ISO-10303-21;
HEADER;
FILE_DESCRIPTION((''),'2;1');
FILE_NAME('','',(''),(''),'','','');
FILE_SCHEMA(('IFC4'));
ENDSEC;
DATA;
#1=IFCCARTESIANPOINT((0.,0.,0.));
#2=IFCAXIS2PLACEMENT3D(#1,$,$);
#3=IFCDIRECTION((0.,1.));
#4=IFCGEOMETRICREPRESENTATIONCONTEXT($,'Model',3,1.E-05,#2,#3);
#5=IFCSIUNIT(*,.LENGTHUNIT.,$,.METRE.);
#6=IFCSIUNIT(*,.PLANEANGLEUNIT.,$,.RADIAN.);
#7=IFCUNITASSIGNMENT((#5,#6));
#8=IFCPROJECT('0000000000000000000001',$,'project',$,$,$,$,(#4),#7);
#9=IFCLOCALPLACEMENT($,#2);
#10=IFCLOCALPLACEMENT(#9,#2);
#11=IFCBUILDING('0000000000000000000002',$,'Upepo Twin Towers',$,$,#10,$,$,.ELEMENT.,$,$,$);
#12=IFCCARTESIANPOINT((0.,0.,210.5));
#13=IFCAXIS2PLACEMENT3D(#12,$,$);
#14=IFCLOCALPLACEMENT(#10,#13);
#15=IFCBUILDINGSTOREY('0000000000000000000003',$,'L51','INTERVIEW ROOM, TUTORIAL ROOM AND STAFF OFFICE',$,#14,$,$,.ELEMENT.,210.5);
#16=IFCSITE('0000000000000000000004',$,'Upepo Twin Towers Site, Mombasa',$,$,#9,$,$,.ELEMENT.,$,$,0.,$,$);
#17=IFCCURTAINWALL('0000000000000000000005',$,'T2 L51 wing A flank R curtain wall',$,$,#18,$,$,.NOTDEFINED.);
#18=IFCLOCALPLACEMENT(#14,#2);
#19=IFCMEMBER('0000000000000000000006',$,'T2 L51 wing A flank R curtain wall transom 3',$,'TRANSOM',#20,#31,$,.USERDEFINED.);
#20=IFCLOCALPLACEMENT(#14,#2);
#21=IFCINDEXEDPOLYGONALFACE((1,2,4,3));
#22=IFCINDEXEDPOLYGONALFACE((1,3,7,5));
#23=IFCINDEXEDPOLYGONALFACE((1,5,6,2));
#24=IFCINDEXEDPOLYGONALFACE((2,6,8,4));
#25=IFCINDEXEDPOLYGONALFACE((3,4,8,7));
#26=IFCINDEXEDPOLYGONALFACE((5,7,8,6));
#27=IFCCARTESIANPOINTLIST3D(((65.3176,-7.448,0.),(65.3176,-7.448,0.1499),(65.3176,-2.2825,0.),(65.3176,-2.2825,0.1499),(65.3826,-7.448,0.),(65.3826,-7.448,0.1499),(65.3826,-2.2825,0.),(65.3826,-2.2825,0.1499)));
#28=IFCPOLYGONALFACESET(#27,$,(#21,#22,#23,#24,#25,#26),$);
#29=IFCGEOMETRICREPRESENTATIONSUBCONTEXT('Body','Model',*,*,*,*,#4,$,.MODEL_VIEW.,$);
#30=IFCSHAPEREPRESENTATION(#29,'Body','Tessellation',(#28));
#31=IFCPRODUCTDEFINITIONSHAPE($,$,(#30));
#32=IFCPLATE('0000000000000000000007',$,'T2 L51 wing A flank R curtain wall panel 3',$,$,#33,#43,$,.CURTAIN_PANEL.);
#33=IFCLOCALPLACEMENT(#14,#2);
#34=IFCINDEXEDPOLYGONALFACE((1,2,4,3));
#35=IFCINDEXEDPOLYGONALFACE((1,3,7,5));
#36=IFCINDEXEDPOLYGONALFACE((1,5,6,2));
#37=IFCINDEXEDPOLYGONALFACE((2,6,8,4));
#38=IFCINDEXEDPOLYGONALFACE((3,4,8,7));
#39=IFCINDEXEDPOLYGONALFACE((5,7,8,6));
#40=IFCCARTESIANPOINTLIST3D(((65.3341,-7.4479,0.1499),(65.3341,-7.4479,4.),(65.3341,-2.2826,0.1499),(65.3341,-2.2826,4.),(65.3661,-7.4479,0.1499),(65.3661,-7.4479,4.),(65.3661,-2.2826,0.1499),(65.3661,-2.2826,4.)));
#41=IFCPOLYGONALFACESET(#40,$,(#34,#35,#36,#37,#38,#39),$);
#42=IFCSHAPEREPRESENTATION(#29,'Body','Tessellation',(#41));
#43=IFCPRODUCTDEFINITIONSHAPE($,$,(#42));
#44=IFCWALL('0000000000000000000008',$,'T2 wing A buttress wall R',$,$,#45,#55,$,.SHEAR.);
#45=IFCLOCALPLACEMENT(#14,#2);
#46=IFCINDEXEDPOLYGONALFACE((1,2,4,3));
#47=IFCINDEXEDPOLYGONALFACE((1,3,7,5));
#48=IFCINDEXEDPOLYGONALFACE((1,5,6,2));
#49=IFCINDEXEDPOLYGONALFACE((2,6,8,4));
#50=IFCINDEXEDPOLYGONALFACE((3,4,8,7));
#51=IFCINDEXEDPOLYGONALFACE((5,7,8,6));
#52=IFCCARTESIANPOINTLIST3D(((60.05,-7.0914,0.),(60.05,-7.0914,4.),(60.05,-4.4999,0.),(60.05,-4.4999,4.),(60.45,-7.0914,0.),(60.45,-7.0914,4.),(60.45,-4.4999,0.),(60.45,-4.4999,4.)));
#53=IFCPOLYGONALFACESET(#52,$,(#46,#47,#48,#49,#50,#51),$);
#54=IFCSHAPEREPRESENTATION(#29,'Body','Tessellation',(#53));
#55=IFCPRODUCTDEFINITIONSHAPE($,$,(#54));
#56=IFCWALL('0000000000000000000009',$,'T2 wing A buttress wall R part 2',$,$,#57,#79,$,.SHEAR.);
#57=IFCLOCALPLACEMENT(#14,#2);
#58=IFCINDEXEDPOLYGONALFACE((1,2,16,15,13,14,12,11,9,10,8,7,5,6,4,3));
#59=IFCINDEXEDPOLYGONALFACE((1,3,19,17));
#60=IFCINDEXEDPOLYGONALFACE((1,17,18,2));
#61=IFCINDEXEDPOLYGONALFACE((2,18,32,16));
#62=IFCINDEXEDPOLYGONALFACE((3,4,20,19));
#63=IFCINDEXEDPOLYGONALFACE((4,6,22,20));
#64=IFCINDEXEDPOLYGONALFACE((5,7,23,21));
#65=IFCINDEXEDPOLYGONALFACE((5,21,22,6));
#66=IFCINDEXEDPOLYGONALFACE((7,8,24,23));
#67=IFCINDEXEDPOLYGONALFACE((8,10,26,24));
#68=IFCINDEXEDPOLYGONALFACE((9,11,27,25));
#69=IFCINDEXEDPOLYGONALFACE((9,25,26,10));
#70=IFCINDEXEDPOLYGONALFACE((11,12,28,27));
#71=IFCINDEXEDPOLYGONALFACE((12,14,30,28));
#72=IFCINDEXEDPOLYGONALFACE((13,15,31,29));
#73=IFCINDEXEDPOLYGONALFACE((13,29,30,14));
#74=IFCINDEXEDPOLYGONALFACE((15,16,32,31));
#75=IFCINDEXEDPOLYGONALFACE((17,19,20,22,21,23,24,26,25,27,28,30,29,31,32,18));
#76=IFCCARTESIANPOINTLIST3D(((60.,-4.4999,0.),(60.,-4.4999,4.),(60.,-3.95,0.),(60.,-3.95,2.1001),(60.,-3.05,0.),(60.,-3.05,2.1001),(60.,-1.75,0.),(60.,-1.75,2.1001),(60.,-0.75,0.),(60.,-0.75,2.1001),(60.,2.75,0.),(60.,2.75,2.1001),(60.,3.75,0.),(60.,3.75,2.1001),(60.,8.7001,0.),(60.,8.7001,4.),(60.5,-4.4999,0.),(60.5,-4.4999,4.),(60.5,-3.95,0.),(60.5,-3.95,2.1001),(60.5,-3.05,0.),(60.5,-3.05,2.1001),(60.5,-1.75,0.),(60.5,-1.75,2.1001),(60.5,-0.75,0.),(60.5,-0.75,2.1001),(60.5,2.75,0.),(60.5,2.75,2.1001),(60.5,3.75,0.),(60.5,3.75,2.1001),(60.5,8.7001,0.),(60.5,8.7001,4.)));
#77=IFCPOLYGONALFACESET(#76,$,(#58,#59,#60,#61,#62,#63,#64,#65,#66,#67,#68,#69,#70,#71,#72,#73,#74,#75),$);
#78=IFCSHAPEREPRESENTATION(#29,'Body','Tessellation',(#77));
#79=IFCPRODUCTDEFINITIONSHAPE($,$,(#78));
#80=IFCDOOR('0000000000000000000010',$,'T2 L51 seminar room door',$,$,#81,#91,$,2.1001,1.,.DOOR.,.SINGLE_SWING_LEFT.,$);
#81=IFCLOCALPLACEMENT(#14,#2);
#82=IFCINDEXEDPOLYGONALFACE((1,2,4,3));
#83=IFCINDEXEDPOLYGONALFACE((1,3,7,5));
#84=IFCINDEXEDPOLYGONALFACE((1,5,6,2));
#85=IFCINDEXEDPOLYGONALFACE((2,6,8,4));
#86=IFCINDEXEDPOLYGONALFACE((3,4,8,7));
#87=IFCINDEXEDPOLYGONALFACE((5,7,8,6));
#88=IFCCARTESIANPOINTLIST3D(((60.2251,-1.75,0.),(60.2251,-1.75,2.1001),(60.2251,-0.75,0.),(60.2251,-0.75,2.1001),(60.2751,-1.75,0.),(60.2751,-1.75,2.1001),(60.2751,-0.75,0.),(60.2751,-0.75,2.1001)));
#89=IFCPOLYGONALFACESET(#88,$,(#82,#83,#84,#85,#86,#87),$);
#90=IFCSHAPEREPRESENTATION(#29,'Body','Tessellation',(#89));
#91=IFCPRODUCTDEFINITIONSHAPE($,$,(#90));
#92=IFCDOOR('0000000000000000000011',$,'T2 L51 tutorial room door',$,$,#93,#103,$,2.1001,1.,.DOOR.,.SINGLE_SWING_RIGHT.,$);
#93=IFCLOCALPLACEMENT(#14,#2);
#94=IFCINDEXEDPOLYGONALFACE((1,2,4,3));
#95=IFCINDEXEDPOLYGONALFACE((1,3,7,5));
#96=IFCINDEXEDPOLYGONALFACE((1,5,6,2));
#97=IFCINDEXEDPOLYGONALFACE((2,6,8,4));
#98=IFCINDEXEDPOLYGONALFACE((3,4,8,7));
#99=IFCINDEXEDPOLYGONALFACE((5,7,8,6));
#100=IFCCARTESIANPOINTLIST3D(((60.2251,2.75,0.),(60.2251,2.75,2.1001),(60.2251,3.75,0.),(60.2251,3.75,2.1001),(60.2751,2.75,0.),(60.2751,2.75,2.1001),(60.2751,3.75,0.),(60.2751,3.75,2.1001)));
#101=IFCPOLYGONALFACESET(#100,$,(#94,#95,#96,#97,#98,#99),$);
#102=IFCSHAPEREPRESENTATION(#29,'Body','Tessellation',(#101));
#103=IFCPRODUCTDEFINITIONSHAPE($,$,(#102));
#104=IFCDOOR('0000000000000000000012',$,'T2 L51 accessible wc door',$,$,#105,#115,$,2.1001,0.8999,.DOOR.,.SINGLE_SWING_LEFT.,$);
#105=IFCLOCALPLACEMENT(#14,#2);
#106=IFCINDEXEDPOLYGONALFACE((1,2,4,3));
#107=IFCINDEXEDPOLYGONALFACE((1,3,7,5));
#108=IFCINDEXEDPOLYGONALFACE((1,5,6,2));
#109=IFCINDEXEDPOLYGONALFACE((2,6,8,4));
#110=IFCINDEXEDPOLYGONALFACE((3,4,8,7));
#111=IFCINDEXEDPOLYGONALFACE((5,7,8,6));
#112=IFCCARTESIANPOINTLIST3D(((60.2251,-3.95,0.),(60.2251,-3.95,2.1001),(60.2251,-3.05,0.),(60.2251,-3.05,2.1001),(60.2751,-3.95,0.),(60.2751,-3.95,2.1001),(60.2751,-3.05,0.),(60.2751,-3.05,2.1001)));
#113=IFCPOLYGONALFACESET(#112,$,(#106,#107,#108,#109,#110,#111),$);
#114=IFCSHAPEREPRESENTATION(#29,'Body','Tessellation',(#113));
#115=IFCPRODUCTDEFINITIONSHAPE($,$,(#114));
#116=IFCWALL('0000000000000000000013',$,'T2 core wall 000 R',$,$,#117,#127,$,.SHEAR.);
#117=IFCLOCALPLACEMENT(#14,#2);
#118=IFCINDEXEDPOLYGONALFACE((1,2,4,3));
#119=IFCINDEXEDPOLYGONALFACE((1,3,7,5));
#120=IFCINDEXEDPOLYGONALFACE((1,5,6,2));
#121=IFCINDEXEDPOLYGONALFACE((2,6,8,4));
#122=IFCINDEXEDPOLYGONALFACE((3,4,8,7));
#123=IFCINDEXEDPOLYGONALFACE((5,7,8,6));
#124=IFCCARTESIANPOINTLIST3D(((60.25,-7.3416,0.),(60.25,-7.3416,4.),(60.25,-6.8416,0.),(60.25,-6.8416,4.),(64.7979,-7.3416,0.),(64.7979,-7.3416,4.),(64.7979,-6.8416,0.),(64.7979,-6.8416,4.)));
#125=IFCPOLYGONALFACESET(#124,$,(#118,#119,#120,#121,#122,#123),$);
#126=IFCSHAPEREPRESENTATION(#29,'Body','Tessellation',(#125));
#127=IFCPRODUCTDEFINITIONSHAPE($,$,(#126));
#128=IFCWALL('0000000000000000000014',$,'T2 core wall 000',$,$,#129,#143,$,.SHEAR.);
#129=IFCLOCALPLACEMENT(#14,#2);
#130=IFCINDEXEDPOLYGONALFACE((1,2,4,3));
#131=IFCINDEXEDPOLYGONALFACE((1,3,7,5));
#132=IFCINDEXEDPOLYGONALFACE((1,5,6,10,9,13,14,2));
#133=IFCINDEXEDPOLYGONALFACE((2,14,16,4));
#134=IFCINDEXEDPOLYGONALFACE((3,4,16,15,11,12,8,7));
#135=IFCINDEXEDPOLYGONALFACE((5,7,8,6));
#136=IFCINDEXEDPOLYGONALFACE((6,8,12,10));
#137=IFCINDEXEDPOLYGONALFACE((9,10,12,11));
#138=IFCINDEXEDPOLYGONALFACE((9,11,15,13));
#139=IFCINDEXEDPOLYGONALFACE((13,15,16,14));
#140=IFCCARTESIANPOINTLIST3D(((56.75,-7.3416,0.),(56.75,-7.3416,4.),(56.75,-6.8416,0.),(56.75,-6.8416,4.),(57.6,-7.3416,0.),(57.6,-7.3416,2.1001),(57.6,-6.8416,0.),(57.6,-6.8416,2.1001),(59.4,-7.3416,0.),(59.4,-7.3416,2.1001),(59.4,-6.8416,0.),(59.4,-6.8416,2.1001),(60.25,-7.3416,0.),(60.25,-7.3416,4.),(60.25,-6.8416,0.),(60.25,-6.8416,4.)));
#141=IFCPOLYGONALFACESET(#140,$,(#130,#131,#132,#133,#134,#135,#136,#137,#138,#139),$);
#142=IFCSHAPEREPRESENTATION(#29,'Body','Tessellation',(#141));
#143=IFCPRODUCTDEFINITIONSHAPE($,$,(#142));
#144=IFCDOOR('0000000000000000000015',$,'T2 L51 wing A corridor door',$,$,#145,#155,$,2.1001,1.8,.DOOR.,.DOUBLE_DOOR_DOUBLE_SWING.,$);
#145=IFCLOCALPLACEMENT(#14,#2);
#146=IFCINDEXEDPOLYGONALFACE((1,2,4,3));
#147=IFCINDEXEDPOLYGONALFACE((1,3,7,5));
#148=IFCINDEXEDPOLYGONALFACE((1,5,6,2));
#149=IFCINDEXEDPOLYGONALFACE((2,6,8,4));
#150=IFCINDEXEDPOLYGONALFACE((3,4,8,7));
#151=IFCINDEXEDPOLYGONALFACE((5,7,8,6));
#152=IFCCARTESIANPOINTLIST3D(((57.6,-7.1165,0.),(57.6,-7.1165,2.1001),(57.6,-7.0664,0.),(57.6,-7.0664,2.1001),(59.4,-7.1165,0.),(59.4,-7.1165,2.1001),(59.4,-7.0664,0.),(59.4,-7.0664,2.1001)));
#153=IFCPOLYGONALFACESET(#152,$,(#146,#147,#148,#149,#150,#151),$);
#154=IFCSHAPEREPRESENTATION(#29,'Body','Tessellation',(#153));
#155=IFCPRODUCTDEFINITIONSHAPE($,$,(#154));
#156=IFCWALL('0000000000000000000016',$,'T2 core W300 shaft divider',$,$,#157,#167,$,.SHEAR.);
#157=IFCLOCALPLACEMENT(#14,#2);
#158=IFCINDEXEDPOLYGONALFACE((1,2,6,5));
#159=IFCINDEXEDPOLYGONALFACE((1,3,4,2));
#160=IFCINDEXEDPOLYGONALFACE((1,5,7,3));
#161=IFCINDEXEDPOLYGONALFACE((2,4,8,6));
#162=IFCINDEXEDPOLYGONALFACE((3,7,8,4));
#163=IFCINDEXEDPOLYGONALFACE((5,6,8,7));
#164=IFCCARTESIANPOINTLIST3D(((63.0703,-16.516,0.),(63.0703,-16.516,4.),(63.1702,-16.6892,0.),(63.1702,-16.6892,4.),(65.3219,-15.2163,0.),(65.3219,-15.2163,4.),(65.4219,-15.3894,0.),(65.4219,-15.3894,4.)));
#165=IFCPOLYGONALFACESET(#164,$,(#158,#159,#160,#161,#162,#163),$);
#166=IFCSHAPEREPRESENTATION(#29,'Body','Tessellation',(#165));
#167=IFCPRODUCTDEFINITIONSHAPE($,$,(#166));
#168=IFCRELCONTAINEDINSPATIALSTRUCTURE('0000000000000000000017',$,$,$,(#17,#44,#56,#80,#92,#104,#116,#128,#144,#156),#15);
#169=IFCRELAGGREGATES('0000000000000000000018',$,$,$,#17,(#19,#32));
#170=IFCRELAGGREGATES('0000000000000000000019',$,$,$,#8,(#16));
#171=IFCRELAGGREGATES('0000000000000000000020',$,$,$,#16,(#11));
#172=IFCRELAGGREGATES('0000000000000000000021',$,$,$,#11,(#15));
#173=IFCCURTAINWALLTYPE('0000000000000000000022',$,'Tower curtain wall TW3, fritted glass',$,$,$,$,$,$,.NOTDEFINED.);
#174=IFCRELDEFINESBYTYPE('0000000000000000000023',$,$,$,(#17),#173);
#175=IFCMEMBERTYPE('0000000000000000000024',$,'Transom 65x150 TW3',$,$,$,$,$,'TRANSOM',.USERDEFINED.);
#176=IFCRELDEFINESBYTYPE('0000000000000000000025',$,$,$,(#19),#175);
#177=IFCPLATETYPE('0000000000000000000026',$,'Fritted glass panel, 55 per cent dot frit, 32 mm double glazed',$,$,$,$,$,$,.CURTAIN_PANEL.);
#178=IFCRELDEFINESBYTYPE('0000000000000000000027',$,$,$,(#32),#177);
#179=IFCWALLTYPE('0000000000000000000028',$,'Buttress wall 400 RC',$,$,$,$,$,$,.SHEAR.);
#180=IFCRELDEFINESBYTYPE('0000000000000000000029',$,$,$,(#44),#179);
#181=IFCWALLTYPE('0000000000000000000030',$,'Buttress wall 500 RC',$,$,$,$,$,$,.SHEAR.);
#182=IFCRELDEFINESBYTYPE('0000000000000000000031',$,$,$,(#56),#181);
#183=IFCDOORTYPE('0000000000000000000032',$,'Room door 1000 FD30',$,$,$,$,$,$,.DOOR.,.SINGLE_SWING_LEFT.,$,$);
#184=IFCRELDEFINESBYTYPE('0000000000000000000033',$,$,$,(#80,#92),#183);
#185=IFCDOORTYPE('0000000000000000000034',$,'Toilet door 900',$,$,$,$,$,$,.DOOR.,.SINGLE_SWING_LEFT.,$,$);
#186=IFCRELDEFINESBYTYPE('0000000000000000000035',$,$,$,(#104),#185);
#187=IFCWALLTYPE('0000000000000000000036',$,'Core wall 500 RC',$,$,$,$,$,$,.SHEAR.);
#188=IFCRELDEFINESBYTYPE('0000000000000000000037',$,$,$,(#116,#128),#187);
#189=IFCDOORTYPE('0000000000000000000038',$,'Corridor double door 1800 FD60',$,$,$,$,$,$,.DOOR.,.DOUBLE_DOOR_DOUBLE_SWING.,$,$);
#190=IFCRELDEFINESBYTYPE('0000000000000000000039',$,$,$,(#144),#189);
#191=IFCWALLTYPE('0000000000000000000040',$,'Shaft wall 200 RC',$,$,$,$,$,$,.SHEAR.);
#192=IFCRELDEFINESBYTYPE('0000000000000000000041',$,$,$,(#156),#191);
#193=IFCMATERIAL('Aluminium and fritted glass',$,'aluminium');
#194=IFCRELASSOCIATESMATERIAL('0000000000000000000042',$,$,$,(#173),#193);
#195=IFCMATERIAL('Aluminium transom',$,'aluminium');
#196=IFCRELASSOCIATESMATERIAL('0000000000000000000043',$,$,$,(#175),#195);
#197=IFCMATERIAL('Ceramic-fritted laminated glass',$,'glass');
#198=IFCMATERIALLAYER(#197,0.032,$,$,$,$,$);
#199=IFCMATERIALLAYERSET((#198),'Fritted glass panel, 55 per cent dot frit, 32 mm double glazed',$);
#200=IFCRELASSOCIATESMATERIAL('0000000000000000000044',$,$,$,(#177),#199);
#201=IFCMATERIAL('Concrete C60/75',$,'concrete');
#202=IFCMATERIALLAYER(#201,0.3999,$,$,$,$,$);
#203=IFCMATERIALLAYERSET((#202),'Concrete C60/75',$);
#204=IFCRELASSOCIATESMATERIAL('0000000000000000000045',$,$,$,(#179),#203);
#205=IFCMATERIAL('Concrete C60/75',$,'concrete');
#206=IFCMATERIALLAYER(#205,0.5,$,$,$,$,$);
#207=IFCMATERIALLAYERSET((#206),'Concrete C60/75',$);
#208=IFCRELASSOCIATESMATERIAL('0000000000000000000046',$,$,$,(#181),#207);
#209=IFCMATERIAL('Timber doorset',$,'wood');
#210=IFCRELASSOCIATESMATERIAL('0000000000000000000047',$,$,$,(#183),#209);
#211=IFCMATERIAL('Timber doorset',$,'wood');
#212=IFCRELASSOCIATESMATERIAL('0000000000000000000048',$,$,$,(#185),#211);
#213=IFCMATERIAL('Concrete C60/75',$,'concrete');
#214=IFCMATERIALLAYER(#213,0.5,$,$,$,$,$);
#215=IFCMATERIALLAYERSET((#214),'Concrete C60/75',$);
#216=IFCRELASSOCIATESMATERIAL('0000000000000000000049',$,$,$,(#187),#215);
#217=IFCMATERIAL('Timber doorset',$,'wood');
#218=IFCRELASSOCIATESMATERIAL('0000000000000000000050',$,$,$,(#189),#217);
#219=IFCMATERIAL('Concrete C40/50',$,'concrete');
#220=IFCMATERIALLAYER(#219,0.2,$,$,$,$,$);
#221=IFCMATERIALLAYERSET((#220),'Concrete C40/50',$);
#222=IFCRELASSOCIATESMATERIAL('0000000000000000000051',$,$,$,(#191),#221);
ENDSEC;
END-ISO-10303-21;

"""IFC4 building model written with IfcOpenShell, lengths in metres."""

from ifc_helpers import new_model, si_unit, direction, frame, frame_2d, origin, origin_2d, place, context, subcontext, project, spatial, rectangle, extrude, material, layer, layer_set, material_profile, profile_set, type_object, element, fill, aggregate, save


model = new_model("IFC4")

# Units and contexts
model_context = context("Model", 3, precision=1e-05, world=origin(), true_north=direction((0.0, 1.0)))
body_context = subcontext(model_context, "Body", "Model", "MODEL_VIEW")
ifc_project = project(units=[si_unit("LENGTHUNIT", "METRE"), si_unit("PLANEANGLEUNIT", "RADIAN")], contexts=[model_context])

# Site, building, storey
site_placement = place(None, origin())
site = spatial("IfcSite", under=ifc_project, at=site_placement, Name="Upepo Twin Towers Site, Mombasa", CompositionType="ELEMENT", RefElevation=0.0)
building_placement = place(site_placement, origin())
building = spatial("IfcBuilding", under=site, at=building_placement, Name="Upepo Twin Towers", CompositionType="ELEMENT")
storey_placement = place(building_placement, frame((0.0, 0.0, 210.5)))
storey = spatial("IfcBuildingStorey", under=building, at=storey_placement, Name="L51", Description="INTERVIEW ROOM, TUTORIAL ROOM AND STAFF OFFICE", CompositionType="ELEMENT", Elevation=210.5)

# Curtain wall, member, plate
ifc_material_1 = material(Name="Aluminium and fritted glass", Category="aluminium")
curtain_wall_type = type_object("IfcCurtainWallType", Name="Tower curtain wall TW3, fritted glass", PredefinedType="NOTDEFINED", material=ifc_material_1)
curtain_wall_placement = place(storey_placement, origin())
curtain_wall = element("IfcCurtainWall", 1, at=curtain_wall_placement, inside=storey, type_object=curtain_wall_type, Name="T2 L51 wing A flank R curtain wall", PredefinedType="NOTDEFINED")
ifc_material_2 = material(Name="Aluminium transom", Category="aluminium")
ifc_material_profile_1 = material_profile(ifc_material_2, rectangle(XDim=0.0649, YDim=0.1499, at=origin_2d()), Name="TRANSOM 65x150")
ifc_profile_set_1 = profile_set([ifc_material_profile_1], Name="Aluminium transom")
member_type_1 = type_object("IfcMemberType", Name="Transom 65x150 TW3", ElementType="TRANSOM", PredefinedType="USERDEFINED", material=ifc_profile_set_1)
member_1_placement = place(storey_placement, frame((65.3501, -2.2825, 0.075), z_axis=(0.0, -1.0, 0.0), x_axis=(1.0, 0.0, 0.0)))
member_1 = element("IfcMember", 2, at=member_1_placement, type_object=member_type_1, Name="T2 L51 wing A flank R curtain wall transom 3", ObjectType="TRANSOM", PredefinedType="USERDEFINED", context=body_context, shape_type="SweptSolid", body=[
    extrude(rectangle(XDim=0.0649, YDim=0.1499, at=origin_2d()), origin(), (0.0, 0.0, 1.0), 5.1655),
])
ifc_material_3 = material(Name="Ceramic-fritted laminated glass", Category="glass")
ifc_layer_1 = layer(ifc_material_3, 0.032)
ifc_layer_set_1 = layer_set([ifc_layer_1], Name="Fritted glass panel, 55 per cent dot frit, 32 mm double glazed")
plate_type = type_object("IfcPlateType", Name="Fritted glass panel, 55 per cent dot frit, 32 mm double glazed", PredefinedType="CURTAIN_PANEL", material=ifc_layer_set_1)
plate_placement = place(storey_placement, frame((65.3501, -4.8652, 0.1499), z_axis=(0.0, 0.0, 1.0), x_axis=(0.0, -1.0, 0.0)))
plate = element("IfcPlate", 3, at=plate_placement, type_object=plate_type, Name="T2 L51 wing A flank R curtain wall panel 3", PredefinedType="CURTAIN_PANEL", context=body_context, shape_type="SweptSolid", body=[
    extrude(rectangle(XDim=5.1653, YDim=0.032, at=origin_2d()), origin(), (0.0, 0.0, 1.0), 3.8501),
])
aggregate(curtain_wall, [member_1, plate])

# Wall
ifc_material_4 = material(Name="Concrete C60/75", Category="concrete")
ifc_layer_2 = layer(ifc_material_4, 0.3999)
ifc_layer_set_2 = layer_set([ifc_layer_2], Name="Concrete C60/75")
wall_type_1 = type_object("IfcWallType", Name="Buttress wall 400 RC", PredefinedType="SHEAR", material=ifc_layer_set_2)
wall_1_placement = place(storey_placement, frame((60.25, -7.0916, 0.0), z_axis=(0.0, 0.0, 1.0), x_axis=(0.0, 1.0, 0.0)))
element("IfcWall", 4, at=wall_1_placement, inside=storey, type_object=wall_type_1, Name="T2 wing A buttress wall R", PredefinedType="SHEAR", context=body_context, shape_type="SweptSolid", body=[
    extrude(rectangle(XDim=2.5916, YDim=0.3999, at=frame_2d((1.2959, 0.0))), origin(), (0.0, 0.0, 1.0), 4.0),
])

# Wall, openings, doors
ifc_material_5 = material(Name="Concrete C60/75", Category="concrete")
ifc_layer_3 = layer(ifc_material_5, 0.5)
ifc_layer_set_3 = layer_set([ifc_layer_3], Name="Concrete C60/75")
wall_type_2 = type_object("IfcWallType", Name="Buttress wall 500 RC", PredefinedType="SHEAR", material=ifc_layer_set_3)
wall_2_placement = place(storey_placement, frame((60.25, -4.5, 0.0), z_axis=(0.0, 0.0, 1.0), x_axis=(0.0, 1.0, 0.0)))
wall_2 = element("IfcWall", 5, at=wall_2_placement, inside=storey, type_object=wall_type_2, Name="T2 wing A buttress wall R part 2", PredefinedType="SHEAR", context=body_context, shape_type="SweptSolid", body=[
    extrude(rectangle(XDim=13.2, YDim=0.5, at=frame_2d((6.6001, 0.0))), origin(), (0.0, 0.0, 1.0), 4.0),
])
opening_1_placement = place(wall_2_placement, frame((0.55, 0.0, 0.0)))
opening_1 = element("IfcOpeningElement", 6, at=opening_1_placement, cuts=wall_2, PredefinedType="OPENING", context=body_context, shape_type="SweptSolid", body=[
    extrude(rectangle(XDim=0.8999, YDim=2.1001, at=frame_2d((0.45, 1.05))), frame((0.0, 0.26, 0.0), z_axis=(0.0, -1.0, 0.0), x_axis=(1.0, 0.0, 0.0)), (0.0, 0.0, 1.0), 0.52),
])
opening_2_placement = place(wall_2_placement, frame((2.75, 0.0, 0.0)))
opening_2 = element("IfcOpeningElement", 7, at=opening_2_placement, cuts=wall_2, PredefinedType="OPENING", context=body_context, shape_type="SweptSolid", body=[
    extrude(rectangle(XDim=1.0, YDim=2.1001, at=frame_2d((0.5, 1.05))), frame((0.0, 0.26, 0.0), z_axis=(0.0, -1.0, 0.0), x_axis=(1.0, 0.0, 0.0)), (0.0, 0.0, 1.0), 0.52),
])
opening_3_placement = place(wall_2_placement, frame((7.25, 0.0, 0.0)))
opening_3 = element("IfcOpeningElement", 8, at=opening_3_placement, cuts=wall_2, PredefinedType="OPENING", context=body_context, shape_type="SweptSolid", body=[
    extrude(rectangle(XDim=1.0, YDim=2.1001, at=frame_2d((0.5, 1.05))), frame((0.0, 0.26, 0.0), z_axis=(0.0, -1.0, 0.0), x_axis=(1.0, 0.0, 0.0)), (0.0, 0.0, 1.0), 0.52),
])
ifc_material_6 = material(Name="Timber doorset", Category="wood")
door_type_1 = type_object("IfcDoorType", Name="Room door 1000 FD30", OperationType="SINGLE_SWING_LEFT", PredefinedType="DOOR", material=ifc_material_6)
door_1_placement = place(opening_2_placement, origin())
door_1 = element("IfcDoor", 9, at=door_1_placement, inside=storey, type_object=door_type_1, Name="T2 L51 seminar room door", OperationType="SINGLE_SWING_LEFT", OverallHeight=2.1001, OverallWidth=1.0, PredefinedType="DOOR", context=body_context, shape_type="SweptSolid", body=[
    extrude(rectangle(XDim=1.0, YDim=2.1001, at=frame_2d((0.5, 1.05))), frame((0.0, 0.0249, 0.0), z_axis=(0.0, -1.0, 0.0), x_axis=(1.0, 0.0, 0.0)), (0.0, 0.0, 1.0), 0.05),
])
fill(opening_2, door_1)
door_2_placement = place(opening_3_placement, origin())
door_2 = element("IfcDoor", 10, at=door_2_placement, inside=storey, type_object=door_type_1, Name="T2 L51 tutorial room door", OperationType="SINGLE_SWING_RIGHT", OverallHeight=2.1001, OverallWidth=1.0, PredefinedType="DOOR", context=body_context, shape_type="SweptSolid", body=[
    extrude(rectangle(XDim=1.0, YDim=2.1001, at=frame_2d((0.5, 1.05))), frame((0.0, 0.0249, 0.0), z_axis=(0.0, -1.0, 0.0), x_axis=(1.0, 0.0, 0.0)), (0.0, 0.0, 1.0), 0.05),
])
fill(opening_3, door_2)
ifc_material_7 = material(Name="Timber doorset", Category="wood")
door_type_2 = type_object("IfcDoorType", Name="Toilet door 900", OperationType="SINGLE_SWING_LEFT", PredefinedType="DOOR", material=ifc_material_7)
door_3_placement = place(opening_1_placement, origin())
door_3 = element("IfcDoor", 11, at=door_3_placement, inside=storey, type_object=door_type_2, Name="T2 L51 accessible wc door", OperationType="SINGLE_SWING_LEFT", OverallHeight=2.1001, OverallWidth=0.8999, PredefinedType="DOOR", context=body_context, shape_type="SweptSolid", body=[
    extrude(rectangle(XDim=0.8999, YDim=2.1001, at=frame_2d((0.45, 1.05))), frame((0.0, 0.0249, 0.0), z_axis=(0.0, -1.0, 0.0), x_axis=(1.0, 0.0, 0.0)), (0.0, 0.0, 1.0), 0.05),
])
fill(opening_1, door_3)

# Wall
ifc_material_8 = material(Name="Concrete C60/75", Category="concrete")
ifc_layer_4 = layer(ifc_material_8, 0.5)
ifc_layer_set_4 = layer_set([ifc_layer_4], Name="Concrete C60/75")
wall_type_3 = type_object("IfcWallType", Name="Core wall 500 RC", PredefinedType="SHEAR", material=ifc_layer_set_4)
wall_3_placement = place(storey_placement, frame((64.7979, -7.0916, 0.0), z_axis=(0.0, 0.0, 1.0), x_axis=(-1.0, 0.0, 0.0)))
element("IfcWall", 12, at=wall_3_placement, inside=storey, type_object=wall_type_3, Name="T2 core wall 000 R", PredefinedType="SHEAR", context=body_context, shape_type="SweptSolid", body=[
    extrude(rectangle(XDim=4.5479, YDim=0.5, at=frame_2d((2.2739, 0.0))), origin(), (0.0, 0.0, 1.0), 4.0),
])

# Wall, opening, door
wall_4_placement = place(storey_placement, frame((60.25, -7.0916, 0.0), z_axis=(0.0, 0.0, 1.0), x_axis=(-1.0, 0.0, 0.0)))
wall_4 = element("IfcWall", 13, at=wall_4_placement, inside=storey, type_object=wall_type_3, Name="T2 core wall 000", PredefinedType="SHEAR", context=body_context, shape_type="SweptSolid", body=[
    extrude(rectangle(XDim=3.5, YDim=0.5, at=frame_2d((1.75, 0.0))), origin(), (0.0, 0.0, 1.0), 4.0),
])
opening_4_placement = place(wall_4_placement, frame((0.8501, 0.0, 0.0)))
opening_4 = element("IfcOpeningElement", 14, at=opening_4_placement, cuts=wall_4, PredefinedType="OPENING", context=body_context, shape_type="SweptSolid", body=[
    extrude(rectangle(XDim=1.8, YDim=2.1001, at=frame_2d((0.8999, 1.05))), frame((0.0, 0.26, 0.0), z_axis=(0.0, -1.0, 0.0), x_axis=(1.0, 0.0, 0.0)), (0.0, 0.0, 1.0), 0.52),
])
ifc_material_9 = material(Name="Timber doorset", Category="wood")
door_type_3 = type_object("IfcDoorType", Name="Corridor double door 1800 FD60", OperationType="DOUBLE_DOOR_DOUBLE_SWING", PredefinedType="DOOR", material=ifc_material_9)
door_4_placement = place(opening_4_placement, origin())
door_4 = element("IfcDoor", 15, at=door_4_placement, inside=storey, type_object=door_type_3, Name="T2 L51 wing A corridor door", OperationType="DOUBLE_DOOR_DOUBLE_SWING", OverallHeight=2.1001, OverallWidth=1.8, PredefinedType="DOOR", context=body_context, shape_type="SweptSolid", body=[
    extrude(rectangle(XDim=1.8, YDim=2.1001, at=frame_2d((0.8999, 1.05))), frame((0.0, 0.0249, 0.0), z_axis=(0.0, -1.0, 0.0), x_axis=(1.0, 0.0, 0.0)), (0.0, 0.0, 1.0), 0.05),
])
fill(opening_4, door_4)

# Wall
ifc_material_10 = material(Name="Concrete C40/50", Category="concrete")
ifc_layer_5 = layer(ifc_material_10, 0.2)
ifc_layer_set_5 = layer_set([ifc_layer_5], Name="Concrete C40/50")
wall_type_4 = type_object("IfcWallType", Name="Shaft wall 200 RC", PredefinedType="SHEAR", material=ifc_layer_set_5)
wall_5_placement = place(storey_placement, frame((63.1204, -16.6025, 0.0), z_axis=(0.0, 0.0, 1.0), x_axis=(0.866062, 0.499937, 0.0)))
element("IfcWall", 16, at=wall_5_placement, inside=storey, type_object=wall_type_4, Name="T2 core W300 shaft divider", PredefinedType="SHEAR", context=body_context, shape_type="SweptSolid", body=[
    extrude(rectangle(XDim=2.5999, YDim=0.2, at=frame_2d((1.2998, 0.0))), origin(), (0.0, 0.0, 1.0), 4.0),
])

save(model, "model.ifc")
